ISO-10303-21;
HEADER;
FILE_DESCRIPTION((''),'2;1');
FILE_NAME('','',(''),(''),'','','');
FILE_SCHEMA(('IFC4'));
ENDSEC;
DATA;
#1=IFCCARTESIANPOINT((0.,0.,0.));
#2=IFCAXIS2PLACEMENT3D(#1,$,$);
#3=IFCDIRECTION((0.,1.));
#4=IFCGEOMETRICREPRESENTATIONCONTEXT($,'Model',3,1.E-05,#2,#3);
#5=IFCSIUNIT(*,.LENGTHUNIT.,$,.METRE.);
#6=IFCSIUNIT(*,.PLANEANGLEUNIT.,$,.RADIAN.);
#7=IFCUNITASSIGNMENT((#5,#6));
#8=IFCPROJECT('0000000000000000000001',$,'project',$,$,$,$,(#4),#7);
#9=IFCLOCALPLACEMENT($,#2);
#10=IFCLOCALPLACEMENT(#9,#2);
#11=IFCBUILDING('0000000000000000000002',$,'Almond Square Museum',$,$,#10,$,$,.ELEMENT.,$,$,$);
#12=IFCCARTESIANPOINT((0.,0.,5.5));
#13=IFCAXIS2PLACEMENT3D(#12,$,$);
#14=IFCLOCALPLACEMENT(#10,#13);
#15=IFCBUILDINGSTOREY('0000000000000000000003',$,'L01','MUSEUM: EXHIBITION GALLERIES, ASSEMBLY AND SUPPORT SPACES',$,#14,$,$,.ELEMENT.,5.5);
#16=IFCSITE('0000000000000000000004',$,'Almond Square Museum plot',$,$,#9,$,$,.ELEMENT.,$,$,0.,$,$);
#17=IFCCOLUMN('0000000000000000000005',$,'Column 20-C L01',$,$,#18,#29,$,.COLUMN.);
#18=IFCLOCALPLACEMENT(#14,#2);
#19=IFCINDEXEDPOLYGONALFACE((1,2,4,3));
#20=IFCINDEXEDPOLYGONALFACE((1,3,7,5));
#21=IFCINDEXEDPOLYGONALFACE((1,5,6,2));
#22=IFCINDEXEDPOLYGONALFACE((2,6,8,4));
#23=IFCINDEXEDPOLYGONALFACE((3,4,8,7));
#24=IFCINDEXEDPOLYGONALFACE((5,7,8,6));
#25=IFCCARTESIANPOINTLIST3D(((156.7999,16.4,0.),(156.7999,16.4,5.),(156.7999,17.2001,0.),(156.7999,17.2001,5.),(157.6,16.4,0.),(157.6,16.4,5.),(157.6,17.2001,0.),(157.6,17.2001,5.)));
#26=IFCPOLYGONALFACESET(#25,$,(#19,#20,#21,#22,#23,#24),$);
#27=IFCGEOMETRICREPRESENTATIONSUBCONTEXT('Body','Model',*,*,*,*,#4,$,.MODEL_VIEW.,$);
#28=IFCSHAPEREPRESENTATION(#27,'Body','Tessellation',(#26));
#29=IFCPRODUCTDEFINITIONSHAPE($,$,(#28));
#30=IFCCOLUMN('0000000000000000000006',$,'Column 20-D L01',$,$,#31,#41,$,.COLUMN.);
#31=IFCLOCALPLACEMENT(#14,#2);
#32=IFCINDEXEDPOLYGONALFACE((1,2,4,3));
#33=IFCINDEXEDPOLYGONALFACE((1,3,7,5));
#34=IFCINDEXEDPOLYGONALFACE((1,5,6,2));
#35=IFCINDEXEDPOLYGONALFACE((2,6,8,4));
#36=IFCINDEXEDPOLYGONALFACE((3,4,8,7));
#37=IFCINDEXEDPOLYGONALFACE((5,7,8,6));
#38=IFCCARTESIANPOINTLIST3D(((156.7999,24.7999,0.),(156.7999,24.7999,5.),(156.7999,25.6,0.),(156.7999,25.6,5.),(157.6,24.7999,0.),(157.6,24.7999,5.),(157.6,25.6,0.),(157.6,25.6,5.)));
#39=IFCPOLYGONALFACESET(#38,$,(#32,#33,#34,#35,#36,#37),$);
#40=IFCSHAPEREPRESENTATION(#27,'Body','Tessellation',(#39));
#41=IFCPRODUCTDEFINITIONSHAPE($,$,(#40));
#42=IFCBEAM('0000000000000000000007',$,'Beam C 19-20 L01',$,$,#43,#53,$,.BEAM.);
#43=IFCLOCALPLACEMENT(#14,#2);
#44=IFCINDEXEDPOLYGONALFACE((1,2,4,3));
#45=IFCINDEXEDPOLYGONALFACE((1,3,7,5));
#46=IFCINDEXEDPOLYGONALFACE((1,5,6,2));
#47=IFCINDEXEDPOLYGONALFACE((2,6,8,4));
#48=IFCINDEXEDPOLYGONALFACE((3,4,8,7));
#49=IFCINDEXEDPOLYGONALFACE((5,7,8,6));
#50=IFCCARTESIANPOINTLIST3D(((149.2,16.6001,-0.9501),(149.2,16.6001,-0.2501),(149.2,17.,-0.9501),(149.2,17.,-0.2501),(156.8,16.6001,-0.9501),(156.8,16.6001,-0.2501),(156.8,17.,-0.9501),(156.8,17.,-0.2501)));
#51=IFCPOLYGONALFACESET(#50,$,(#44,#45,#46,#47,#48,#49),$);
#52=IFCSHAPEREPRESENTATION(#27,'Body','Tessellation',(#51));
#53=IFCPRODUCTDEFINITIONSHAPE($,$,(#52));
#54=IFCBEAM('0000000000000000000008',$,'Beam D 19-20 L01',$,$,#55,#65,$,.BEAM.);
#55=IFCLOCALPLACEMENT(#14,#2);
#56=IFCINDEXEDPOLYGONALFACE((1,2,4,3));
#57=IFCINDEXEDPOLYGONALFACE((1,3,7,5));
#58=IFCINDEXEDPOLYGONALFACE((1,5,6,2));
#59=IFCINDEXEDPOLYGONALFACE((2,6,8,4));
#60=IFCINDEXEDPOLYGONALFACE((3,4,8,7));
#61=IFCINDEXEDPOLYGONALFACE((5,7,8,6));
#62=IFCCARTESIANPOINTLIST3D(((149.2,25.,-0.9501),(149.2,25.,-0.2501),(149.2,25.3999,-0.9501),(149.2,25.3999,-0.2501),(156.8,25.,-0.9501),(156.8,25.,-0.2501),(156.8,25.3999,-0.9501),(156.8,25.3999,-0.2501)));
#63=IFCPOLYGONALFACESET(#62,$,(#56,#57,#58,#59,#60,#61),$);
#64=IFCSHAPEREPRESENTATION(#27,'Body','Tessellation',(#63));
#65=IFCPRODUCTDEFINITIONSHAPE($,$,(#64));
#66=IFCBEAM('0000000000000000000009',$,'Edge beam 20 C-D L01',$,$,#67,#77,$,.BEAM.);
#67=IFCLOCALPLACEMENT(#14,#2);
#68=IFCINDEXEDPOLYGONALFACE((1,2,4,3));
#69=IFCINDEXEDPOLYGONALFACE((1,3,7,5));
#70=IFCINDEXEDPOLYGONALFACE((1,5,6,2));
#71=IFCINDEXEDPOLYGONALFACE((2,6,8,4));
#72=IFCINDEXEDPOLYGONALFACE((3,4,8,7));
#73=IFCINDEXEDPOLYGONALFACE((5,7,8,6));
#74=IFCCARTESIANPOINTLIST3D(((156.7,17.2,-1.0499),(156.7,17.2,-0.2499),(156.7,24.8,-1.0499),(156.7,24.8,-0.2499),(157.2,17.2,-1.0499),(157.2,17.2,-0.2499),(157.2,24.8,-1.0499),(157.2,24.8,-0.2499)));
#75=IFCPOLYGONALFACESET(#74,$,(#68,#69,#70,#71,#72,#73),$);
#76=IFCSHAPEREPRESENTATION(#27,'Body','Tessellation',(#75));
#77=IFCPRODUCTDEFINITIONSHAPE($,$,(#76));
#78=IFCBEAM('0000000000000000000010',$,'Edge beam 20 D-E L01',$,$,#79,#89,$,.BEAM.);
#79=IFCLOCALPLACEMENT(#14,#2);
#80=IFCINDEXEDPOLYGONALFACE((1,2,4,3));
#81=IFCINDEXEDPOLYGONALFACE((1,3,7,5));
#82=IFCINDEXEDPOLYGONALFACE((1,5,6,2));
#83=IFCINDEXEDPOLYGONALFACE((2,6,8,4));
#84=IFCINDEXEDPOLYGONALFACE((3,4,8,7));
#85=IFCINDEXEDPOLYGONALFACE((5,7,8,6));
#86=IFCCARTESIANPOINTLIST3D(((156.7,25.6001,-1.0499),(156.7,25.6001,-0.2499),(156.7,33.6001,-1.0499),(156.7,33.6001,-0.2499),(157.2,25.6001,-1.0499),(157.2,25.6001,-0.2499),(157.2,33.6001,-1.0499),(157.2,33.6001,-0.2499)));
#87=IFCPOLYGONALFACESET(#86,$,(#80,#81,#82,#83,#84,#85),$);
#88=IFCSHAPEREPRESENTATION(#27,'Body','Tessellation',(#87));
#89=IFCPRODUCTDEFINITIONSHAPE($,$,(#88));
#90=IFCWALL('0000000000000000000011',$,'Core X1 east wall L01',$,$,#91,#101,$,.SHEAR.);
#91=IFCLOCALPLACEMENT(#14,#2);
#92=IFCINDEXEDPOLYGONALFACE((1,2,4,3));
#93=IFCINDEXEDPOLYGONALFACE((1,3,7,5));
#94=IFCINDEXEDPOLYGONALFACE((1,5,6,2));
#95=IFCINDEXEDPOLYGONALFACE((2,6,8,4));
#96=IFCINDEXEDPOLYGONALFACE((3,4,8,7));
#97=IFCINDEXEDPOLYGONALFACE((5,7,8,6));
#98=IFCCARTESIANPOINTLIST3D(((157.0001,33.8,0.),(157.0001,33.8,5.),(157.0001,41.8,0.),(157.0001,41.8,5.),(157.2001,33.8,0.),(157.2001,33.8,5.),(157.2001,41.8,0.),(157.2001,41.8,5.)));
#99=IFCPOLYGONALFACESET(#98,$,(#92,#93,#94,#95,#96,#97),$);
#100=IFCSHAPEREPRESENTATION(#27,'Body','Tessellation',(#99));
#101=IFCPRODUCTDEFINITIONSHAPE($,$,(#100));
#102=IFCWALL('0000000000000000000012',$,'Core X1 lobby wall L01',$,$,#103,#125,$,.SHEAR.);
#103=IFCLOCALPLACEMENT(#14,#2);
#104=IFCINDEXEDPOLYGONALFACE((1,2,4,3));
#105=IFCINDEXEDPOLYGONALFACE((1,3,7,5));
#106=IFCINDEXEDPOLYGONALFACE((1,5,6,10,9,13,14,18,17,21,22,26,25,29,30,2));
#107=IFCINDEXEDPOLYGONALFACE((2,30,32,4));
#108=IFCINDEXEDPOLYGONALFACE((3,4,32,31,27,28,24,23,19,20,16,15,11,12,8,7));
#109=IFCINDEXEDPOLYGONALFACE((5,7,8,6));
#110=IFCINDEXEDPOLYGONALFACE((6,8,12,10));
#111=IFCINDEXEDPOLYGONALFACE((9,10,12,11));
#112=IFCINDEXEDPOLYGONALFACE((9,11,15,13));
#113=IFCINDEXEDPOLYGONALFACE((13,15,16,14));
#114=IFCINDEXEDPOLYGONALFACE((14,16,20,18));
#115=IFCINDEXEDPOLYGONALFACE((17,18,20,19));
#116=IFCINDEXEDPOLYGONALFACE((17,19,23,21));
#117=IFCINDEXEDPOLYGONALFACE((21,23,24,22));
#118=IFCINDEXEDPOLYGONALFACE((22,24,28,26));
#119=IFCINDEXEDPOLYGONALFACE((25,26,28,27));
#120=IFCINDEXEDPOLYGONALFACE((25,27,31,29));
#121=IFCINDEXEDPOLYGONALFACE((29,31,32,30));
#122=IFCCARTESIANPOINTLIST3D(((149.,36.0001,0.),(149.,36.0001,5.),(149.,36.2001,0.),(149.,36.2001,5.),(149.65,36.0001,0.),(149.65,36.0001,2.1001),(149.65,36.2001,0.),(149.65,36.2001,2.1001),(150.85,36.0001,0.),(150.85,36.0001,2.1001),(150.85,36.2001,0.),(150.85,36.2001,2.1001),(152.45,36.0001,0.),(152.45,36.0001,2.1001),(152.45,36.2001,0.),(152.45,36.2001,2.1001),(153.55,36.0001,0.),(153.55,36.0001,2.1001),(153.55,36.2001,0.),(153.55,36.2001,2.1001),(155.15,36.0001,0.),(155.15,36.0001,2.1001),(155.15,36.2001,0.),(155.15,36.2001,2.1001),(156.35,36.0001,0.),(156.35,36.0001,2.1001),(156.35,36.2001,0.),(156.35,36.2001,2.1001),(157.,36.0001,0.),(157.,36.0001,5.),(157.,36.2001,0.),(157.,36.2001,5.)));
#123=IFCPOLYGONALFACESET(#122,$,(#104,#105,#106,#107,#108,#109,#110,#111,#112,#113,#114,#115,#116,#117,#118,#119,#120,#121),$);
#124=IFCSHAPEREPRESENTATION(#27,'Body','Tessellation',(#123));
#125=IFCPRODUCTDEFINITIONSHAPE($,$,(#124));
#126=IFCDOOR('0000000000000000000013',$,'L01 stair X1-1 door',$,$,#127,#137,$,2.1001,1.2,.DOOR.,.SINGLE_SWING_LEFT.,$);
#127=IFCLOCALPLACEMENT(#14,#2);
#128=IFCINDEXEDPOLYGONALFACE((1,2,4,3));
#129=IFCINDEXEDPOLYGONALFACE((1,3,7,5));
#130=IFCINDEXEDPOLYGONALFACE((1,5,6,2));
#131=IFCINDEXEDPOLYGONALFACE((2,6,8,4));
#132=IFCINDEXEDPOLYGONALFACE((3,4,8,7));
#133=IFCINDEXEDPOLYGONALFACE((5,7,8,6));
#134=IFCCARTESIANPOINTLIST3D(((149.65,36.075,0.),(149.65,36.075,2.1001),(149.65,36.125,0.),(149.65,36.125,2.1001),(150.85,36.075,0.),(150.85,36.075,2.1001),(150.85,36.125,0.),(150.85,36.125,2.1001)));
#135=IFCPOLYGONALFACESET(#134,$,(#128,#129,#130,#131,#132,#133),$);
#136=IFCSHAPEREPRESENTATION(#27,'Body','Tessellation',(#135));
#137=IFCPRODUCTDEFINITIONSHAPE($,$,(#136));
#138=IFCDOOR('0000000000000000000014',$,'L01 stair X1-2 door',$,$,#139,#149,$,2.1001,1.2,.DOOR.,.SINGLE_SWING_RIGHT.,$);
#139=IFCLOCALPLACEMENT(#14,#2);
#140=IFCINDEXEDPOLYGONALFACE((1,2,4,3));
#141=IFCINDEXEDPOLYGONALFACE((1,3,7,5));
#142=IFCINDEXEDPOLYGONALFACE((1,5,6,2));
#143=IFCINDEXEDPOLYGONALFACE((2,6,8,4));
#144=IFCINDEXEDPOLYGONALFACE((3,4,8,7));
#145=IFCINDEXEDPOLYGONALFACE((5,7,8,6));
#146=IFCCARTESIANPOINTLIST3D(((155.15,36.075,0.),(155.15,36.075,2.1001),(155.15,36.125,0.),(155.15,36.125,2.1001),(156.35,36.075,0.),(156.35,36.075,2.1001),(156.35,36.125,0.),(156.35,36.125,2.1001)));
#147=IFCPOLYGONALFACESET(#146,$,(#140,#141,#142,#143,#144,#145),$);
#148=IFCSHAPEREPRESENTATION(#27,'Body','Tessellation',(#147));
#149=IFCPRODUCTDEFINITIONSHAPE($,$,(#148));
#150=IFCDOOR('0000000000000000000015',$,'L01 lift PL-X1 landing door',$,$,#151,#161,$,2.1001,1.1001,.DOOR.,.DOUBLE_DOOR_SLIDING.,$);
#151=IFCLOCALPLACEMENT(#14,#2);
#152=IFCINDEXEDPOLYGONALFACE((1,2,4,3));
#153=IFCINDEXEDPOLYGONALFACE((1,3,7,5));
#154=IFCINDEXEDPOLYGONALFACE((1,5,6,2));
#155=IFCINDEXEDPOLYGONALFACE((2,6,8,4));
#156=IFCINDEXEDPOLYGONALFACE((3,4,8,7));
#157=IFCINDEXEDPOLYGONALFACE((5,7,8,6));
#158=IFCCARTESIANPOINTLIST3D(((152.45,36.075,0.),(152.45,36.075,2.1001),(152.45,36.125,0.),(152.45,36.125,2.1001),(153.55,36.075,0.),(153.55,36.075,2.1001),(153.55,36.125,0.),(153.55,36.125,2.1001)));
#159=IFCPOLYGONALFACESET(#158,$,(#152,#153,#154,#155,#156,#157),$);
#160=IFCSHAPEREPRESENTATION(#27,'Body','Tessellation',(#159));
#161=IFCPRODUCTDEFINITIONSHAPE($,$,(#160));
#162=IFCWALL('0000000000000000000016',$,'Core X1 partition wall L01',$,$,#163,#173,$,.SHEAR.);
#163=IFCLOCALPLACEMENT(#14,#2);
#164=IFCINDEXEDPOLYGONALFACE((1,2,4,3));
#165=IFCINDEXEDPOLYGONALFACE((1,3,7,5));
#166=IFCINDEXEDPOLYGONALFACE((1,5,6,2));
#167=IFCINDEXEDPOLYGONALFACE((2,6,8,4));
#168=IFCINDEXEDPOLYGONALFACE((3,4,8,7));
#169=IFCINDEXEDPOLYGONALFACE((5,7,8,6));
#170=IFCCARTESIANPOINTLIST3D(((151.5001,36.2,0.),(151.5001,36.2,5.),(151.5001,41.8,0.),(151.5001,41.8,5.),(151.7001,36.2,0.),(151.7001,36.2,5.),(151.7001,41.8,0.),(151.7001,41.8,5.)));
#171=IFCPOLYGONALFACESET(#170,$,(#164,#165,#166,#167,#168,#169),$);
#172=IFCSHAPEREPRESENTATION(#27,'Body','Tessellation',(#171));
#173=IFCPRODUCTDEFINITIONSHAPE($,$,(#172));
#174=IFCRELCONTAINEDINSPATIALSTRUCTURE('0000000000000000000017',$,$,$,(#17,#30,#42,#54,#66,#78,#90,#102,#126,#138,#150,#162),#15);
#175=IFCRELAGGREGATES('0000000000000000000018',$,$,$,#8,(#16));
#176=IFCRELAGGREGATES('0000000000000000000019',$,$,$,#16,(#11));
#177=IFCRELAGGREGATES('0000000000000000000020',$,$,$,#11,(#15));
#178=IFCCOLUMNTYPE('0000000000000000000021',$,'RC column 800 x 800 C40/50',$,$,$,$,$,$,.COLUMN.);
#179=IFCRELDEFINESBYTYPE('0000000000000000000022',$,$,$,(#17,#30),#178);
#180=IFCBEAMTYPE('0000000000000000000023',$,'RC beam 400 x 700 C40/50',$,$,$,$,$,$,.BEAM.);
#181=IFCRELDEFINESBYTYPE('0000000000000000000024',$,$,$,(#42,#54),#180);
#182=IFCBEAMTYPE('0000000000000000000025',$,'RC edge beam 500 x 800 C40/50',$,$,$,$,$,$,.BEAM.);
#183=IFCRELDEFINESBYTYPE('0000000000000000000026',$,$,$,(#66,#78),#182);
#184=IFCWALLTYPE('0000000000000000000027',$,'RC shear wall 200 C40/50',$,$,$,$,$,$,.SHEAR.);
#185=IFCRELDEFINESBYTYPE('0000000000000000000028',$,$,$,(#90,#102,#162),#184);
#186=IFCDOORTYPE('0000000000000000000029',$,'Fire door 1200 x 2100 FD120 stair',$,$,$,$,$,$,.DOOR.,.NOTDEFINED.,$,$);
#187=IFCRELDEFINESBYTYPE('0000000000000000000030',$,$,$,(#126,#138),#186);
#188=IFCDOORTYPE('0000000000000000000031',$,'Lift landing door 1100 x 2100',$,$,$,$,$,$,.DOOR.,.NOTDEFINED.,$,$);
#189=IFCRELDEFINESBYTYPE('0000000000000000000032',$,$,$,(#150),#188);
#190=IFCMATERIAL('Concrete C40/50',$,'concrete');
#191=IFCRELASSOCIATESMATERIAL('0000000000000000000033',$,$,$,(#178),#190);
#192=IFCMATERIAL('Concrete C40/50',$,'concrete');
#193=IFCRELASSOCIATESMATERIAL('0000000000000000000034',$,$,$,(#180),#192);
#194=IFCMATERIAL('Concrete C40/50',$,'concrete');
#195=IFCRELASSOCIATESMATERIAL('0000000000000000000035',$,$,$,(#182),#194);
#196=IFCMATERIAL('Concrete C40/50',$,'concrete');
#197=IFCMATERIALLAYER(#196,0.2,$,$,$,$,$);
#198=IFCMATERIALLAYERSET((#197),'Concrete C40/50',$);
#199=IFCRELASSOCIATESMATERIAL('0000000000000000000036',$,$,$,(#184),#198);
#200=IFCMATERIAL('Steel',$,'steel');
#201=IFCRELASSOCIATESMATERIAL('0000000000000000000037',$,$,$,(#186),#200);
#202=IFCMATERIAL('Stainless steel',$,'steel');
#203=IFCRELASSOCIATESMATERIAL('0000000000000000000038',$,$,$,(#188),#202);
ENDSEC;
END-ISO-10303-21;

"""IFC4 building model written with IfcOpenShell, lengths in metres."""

from ifc_helpers import new_model, si_unit, direction, frame, frame_2d, origin, origin_2d, place, context, subcontext, project, spatial, rectangle, extrude, material, layer, layer_set, material_profile, profile_set, type_object, element, fill, save


model = new_model("IFC4")

# Units and contexts
model_context = context("Model", 3, precision=1e-05, world=origin(), true_north=direction((0.0, 1.0)))
body_context = subcontext(model_context, "Body", "Model", "MODEL_VIEW")
ifc_project = project(units=[si_unit("LENGTHUNIT", "METRE"), si_unit("PLANEANGLEUNIT", "RADIAN")], contexts=[model_context])

# Site, building, storey
site_placement = place(None, origin())
site = spatial("IfcSite", under=ifc_project, at=site_placement, Name="Almond Square Museum plot", CompositionType="ELEMENT", RefElevation=0.0)
building_placement = place(site_placement, origin())
building = spatial("IfcBuilding", under=site, at=building_placement, Name="Almond Square Museum", CompositionType="ELEMENT")
storey_placement = place(building_placement, frame((0.0, 0.0, 5.5)))
storey = spatial("IfcBuildingStorey", under=building, at=storey_placement, Name="L01", Description="MUSEUM: EXHIBITION GALLERIES, ASSEMBLY AND SUPPORT SPACES", CompositionType="ELEMENT", Elevation=5.5)

# Columns
ifc_material_1 = material(Name="Concrete C40/50", Category="concrete")
ifc_material_profile_1 = material_profile(ifc_material_1, rectangle(XDim=0.8, YDim=0.8, at=origin_2d()))
ifc_profile_set_1 = profile_set([ifc_material_profile_1], Name="Concrete C40/50")
column_type = type_object("IfcColumnType", Name="RC column 800 x 800 C40/50", PredefinedType="COLUMN", material=ifc_profile_set_1)
for number, where, z_axis, x_axis, name in (
    (1, (157.2, 16.8, 0.0), (0.0, 0.0, 1.0), (1.0, 0.0, 0.0), "Column 20-C L01"),
    (2, (157.2, 25.2, 0.0), (0.0, 0.0, 1.0), (1.0, 0.0, 0.0), "Column 20-D L01"),
):
    element("IfcColumn", number, at=place(storey_placement, frame(where, z_axis=z_axis, x_axis=x_axis)), inside=storey, type_object=column_type, Name=name, PredefinedType="COLUMN", context=body_context, shape_type="SweptSolid", body=[
        extrude(rectangle(XDim=0.8, YDim=0.8, at=origin_2d()), origin(), (0.0, 0.0, 1.0), 5.0),
    ])

# Beams
ifc_material_2 = material(Name="Concrete C40/50", Category="concrete")
ifc_material_profile_2 = material_profile(ifc_material_2, rectangle(XDim=0.3999, YDim=0.7, at=origin_2d()))
ifc_profile_set_2 = profile_set([ifc_material_profile_2], Name="Concrete C40/50")
beam_type_1 = type_object("IfcBeamType", Name="RC beam 400 x 700 C40/50", PredefinedType="BEAM", material=ifc_profile_set_2)
for number, where, z_axis, x_axis, name in (
    (3, (149.2, 16.8, -0.6001), (1.0, 0.0, 0.0), (0.0, 1.0, 0.0), "Beam C 19-20 L01"),
    (4, (149.2, 25.2, -0.6001), (1.0, 0.0, 0.0), (0.0, 1.0, 0.0), "Beam D 19-20 L01"),
):
    element("IfcBeam", number, at=place(storey_placement, frame(where, z_axis=z_axis, x_axis=x_axis)), inside=storey, type_object=beam_type_1, Name=name, PredefinedType="BEAM", context=body_context, shape_type="SweptSolid", body=[
        extrude(rectangle(XDim=0.3999, YDim=0.7, at=origin_2d()), origin(), (0.0, 0.0, 1.0), 7.6001),
    ])
ifc_material_3 = material(Name="Concrete C40/50", Category="concrete")
ifc_material_profile_3 = material_profile(ifc_material_3, rectangle(XDim=0.5, YDim=0.8, at=origin_2d()))
ifc_profile_set_3 = profile_set([ifc_material_profile_3], Name="Concrete C40/50")
beam_type_2 = type_object("IfcBeamType", Name="RC edge beam 500 x 800 C40/50", PredefinedType="BEAM", material=ifc_profile_set_3)
beam_1_placement = place(storey_placement, frame((156.95, 17.2, -0.6499), z_axis=(0.0, 1.0, 0.0), x_axis=(-1.0, 0.0, 0.0)))
element("IfcBeam", 5, at=beam_1_placement, inside=storey, type_object=beam_type_2, Name="Edge beam 20 C-D L01", PredefinedType="BEAM", context=body_context, shape_type="SweptSolid", body=[
    extrude(rectangle(XDim=0.5, YDim=0.8, at=origin_2d()), origin(), (0.0, 0.0, 1.0), 7.6001),
])
beam_2_placement = place(storey_placement, frame((156.95, 25.6001, -0.6499), z_axis=(0.0, 1.0, 0.0), x_axis=(-1.0, 0.0, 0.0)))
element("IfcBeam", 6, at=beam_2_placement, inside=storey, type_object=beam_type_2, Name="Edge beam 20 D-E L01", PredefinedType="BEAM", context=body_context, shape_type="SweptSolid", body=[
    extrude(rectangle(XDim=0.5, YDim=0.8, at=origin_2d()), origin(), (0.0, 0.0, 1.0), 8.0),
])

# Wall
ifc_material_4 = material(Name="Concrete C40/50", Category="concrete")
ifc_layer_1 = layer(ifc_material_4, 0.2)
ifc_layer_set_1 = layer_set([ifc_layer_1], Name="Concrete C40/50")
wall_type_1 = type_object("IfcWallType", Name="RC shear wall 200 C40/50", PredefinedType="SHEAR", material=ifc_layer_set_1)
wall_1_placement = place(storey_placement, frame((157.1001, 33.8, 0.0), z_axis=(0.0, 0.0, 1.0), x_axis=(0.0, 1.0, 0.0)))
element("IfcWall", 7, at=wall_1_placement, inside=storey, type_object=wall_type_1, Name="Core X1 east wall L01", PredefinedType="SHEAR", context=body_context, shape_type="SweptSolid", body=[
    extrude(rectangle(XDim=8.0, YDim=0.2, at=frame_2d((4.0, 0.0))), origin(), (0.0, 0.0, 1.0), 5.0),
])

# Wall, openings, doors
wall_2_placement = place(storey_placement, frame((149.0, 36.1001, 0.0), z_axis=(0.0, 0.0, 1.0), x_axis=(1.0, 0.0, 0.0)))
wall_2 = element("IfcWall", 8, at=wall_2_placement, inside=storey, type_object=wall_type_1, Name="Core X1 lobby wall L01", PredefinedType="SHEAR", context=body_context, shape_type="SweptSolid", body=[
    extrude(rectangle(XDim=8.0, YDim=0.2, at=frame_2d((4.0, 0.0))), origin(), (0.0, 0.0, 1.0), 5.0),
])
opening_1_placement = place(wall_2_placement, frame((0.6499, 0.0, 0.0)))
opening_1 = element("IfcOpeningElement", 9, at=opening_1_placement, cuts=wall_2, PredefinedType="OPENING", context=body_context, shape_type="SweptSolid", body=[
    extrude(rectangle(XDim=1.2, YDim=2.1001, at=frame_2d((0.6001, 1.05))), frame((0.0, 0.1099, 0.0), z_axis=(0.0, -1.0, 0.0), x_axis=(1.0, 0.0, 0.0)), (0.0, 0.0, 1.0), 0.22),
])
opening_2_placement = place(wall_2_placement, frame((6.1499, 0.0, 0.0)))
opening_2 = element("IfcOpeningElement", 10, at=opening_2_placement, cuts=wall_2, PredefinedType="OPENING", context=body_context, shape_type="SweptSolid", body=[
    extrude(rectangle(XDim=1.2, YDim=2.1001, at=frame_2d((0.6001, 1.05))), frame((0.0, 0.1099, 0.0), z_axis=(0.0, -1.0, 0.0), x_axis=(1.0, 0.0, 0.0)), (0.0, 0.0, 1.0), 0.22),
])
opening_3_placement = place(wall_2_placement, frame((3.45, 0.0, 0.0)))
opening_3 = element("IfcOpeningElement", 11, at=opening_3_placement, cuts=wall_2, PredefinedType="OPENING", context=body_context, shape_type="SweptSolid", body=[
    extrude(rectangle(XDim=1.1001, YDim=2.1001, at=frame_2d((0.55, 1.05))), frame((0.0, 0.1099, 0.0), z_axis=(0.0, -1.0, 0.0), x_axis=(1.0, 0.0, 0.0)), (0.0, 0.0, 1.0), 0.22),
])
ifc_material_5 = material(Name="Steel", Category="steel")
door_type_1 = type_object("IfcDoorType", Name="Fire door 1200 x 2100 FD120 stair", OperationType="NOTDEFINED", PredefinedType="DOOR", material=ifc_material_5)
door_1_placement = place(opening_1_placement, origin())
door_1 = element("IfcDoor", 12, at=door_1_placement, inside=storey, type_object=door_type_1, Name="L01 stair X1-1 door", OperationType="SINGLE_SWING_LEFT", OverallHeight=2.1001, OverallWidth=1.2, PredefinedType="DOOR", context=body_context, shape_type="SweptSolid", body=[
    extrude(rectangle(XDim=1.2, YDim=2.1001, at=frame_2d((0.6001, 1.05))), frame((0.0, 0.0249, 0.0), z_axis=(0.0, -1.0, 0.0), x_axis=(1.0, 0.0, 0.0)), (0.0, 0.0, 1.0), 0.05),
])
fill(opening_1, door_1)
door_2_placement = place(opening_2_placement, origin())
door_2 = element("IfcDoor", 13, at=door_2_placement, inside=storey, type_object=door_type_1, Name="L01 stair X1-2 door", OperationType="SINGLE_SWING_RIGHT", OverallHeight=2.1001, OverallWidth=1.2, PredefinedType="DOOR", context=body_context, shape_type="SweptSolid", body=[
    extrude(rectangle(XDim=1.2, YDim=2.1001, at=frame_2d((0.6001, 1.05))), frame((0.0, 0.0249, 0.0), z_axis=(0.0, -1.0, 0.0), x_axis=(1.0, 0.0, 0.0)), (0.0, 0.0, 1.0), 0.05),
])
fill(opening_2, door_2)
ifc_material_6 = material(Name="Stainless steel", Category="steel")
door_type_2 = type_object("IfcDoorType", Name="Lift landing door 1100 x 2100", OperationType="NOTDEFINED", PredefinedType="DOOR", material=ifc_material_6)
door_3_placement = place(opening_3_placement, origin())
door_3 = element("IfcDoor", 14, at=door_3_placement, inside=storey, type_object=door_type_2, Name="L01 lift PL-X1 landing door", OperationType="DOUBLE_DOOR_SLIDING", OverallHeight=2.1001, OverallWidth=1.1001, PredefinedType="DOOR", context=body_context, shape_type="SweptSolid", body=[
    extrude(rectangle(XDim=1.1001, YDim=2.1001, at=frame_2d((0.55, 1.05))), frame((0.0, 0.0249, 0.0), z_axis=(0.0, -1.0, 0.0), x_axis=(1.0, 0.0, 0.0)), (0.0, 0.0, 1.0), 0.05),
])
fill(opening_3, door_3)

# Wall
for number, where, z_axis, x_axis, name in (
    (15, (151.6001, 36.2, 0.0), (0.0, 0.0, 1.0), (0.0, 1.0, 0.0), "Core X1 partition wall L01"),
):
    element("IfcWall", number, at=place(storey_placement, frame(where, z_axis=z_axis, x_axis=x_axis)), inside=storey, type_object=wall_type_1, Name=name, PredefinedType="SHEAR", context=body_context, shape_type="SweptSolid", body=[
        extrude(rectangle(XDim=5.6001, YDim=0.2, at=frame_2d((2.8, 0.0))), origin(), (0.0, 0.0, 1.0), 5.0),
    ])

save(model, "model.ifc")
